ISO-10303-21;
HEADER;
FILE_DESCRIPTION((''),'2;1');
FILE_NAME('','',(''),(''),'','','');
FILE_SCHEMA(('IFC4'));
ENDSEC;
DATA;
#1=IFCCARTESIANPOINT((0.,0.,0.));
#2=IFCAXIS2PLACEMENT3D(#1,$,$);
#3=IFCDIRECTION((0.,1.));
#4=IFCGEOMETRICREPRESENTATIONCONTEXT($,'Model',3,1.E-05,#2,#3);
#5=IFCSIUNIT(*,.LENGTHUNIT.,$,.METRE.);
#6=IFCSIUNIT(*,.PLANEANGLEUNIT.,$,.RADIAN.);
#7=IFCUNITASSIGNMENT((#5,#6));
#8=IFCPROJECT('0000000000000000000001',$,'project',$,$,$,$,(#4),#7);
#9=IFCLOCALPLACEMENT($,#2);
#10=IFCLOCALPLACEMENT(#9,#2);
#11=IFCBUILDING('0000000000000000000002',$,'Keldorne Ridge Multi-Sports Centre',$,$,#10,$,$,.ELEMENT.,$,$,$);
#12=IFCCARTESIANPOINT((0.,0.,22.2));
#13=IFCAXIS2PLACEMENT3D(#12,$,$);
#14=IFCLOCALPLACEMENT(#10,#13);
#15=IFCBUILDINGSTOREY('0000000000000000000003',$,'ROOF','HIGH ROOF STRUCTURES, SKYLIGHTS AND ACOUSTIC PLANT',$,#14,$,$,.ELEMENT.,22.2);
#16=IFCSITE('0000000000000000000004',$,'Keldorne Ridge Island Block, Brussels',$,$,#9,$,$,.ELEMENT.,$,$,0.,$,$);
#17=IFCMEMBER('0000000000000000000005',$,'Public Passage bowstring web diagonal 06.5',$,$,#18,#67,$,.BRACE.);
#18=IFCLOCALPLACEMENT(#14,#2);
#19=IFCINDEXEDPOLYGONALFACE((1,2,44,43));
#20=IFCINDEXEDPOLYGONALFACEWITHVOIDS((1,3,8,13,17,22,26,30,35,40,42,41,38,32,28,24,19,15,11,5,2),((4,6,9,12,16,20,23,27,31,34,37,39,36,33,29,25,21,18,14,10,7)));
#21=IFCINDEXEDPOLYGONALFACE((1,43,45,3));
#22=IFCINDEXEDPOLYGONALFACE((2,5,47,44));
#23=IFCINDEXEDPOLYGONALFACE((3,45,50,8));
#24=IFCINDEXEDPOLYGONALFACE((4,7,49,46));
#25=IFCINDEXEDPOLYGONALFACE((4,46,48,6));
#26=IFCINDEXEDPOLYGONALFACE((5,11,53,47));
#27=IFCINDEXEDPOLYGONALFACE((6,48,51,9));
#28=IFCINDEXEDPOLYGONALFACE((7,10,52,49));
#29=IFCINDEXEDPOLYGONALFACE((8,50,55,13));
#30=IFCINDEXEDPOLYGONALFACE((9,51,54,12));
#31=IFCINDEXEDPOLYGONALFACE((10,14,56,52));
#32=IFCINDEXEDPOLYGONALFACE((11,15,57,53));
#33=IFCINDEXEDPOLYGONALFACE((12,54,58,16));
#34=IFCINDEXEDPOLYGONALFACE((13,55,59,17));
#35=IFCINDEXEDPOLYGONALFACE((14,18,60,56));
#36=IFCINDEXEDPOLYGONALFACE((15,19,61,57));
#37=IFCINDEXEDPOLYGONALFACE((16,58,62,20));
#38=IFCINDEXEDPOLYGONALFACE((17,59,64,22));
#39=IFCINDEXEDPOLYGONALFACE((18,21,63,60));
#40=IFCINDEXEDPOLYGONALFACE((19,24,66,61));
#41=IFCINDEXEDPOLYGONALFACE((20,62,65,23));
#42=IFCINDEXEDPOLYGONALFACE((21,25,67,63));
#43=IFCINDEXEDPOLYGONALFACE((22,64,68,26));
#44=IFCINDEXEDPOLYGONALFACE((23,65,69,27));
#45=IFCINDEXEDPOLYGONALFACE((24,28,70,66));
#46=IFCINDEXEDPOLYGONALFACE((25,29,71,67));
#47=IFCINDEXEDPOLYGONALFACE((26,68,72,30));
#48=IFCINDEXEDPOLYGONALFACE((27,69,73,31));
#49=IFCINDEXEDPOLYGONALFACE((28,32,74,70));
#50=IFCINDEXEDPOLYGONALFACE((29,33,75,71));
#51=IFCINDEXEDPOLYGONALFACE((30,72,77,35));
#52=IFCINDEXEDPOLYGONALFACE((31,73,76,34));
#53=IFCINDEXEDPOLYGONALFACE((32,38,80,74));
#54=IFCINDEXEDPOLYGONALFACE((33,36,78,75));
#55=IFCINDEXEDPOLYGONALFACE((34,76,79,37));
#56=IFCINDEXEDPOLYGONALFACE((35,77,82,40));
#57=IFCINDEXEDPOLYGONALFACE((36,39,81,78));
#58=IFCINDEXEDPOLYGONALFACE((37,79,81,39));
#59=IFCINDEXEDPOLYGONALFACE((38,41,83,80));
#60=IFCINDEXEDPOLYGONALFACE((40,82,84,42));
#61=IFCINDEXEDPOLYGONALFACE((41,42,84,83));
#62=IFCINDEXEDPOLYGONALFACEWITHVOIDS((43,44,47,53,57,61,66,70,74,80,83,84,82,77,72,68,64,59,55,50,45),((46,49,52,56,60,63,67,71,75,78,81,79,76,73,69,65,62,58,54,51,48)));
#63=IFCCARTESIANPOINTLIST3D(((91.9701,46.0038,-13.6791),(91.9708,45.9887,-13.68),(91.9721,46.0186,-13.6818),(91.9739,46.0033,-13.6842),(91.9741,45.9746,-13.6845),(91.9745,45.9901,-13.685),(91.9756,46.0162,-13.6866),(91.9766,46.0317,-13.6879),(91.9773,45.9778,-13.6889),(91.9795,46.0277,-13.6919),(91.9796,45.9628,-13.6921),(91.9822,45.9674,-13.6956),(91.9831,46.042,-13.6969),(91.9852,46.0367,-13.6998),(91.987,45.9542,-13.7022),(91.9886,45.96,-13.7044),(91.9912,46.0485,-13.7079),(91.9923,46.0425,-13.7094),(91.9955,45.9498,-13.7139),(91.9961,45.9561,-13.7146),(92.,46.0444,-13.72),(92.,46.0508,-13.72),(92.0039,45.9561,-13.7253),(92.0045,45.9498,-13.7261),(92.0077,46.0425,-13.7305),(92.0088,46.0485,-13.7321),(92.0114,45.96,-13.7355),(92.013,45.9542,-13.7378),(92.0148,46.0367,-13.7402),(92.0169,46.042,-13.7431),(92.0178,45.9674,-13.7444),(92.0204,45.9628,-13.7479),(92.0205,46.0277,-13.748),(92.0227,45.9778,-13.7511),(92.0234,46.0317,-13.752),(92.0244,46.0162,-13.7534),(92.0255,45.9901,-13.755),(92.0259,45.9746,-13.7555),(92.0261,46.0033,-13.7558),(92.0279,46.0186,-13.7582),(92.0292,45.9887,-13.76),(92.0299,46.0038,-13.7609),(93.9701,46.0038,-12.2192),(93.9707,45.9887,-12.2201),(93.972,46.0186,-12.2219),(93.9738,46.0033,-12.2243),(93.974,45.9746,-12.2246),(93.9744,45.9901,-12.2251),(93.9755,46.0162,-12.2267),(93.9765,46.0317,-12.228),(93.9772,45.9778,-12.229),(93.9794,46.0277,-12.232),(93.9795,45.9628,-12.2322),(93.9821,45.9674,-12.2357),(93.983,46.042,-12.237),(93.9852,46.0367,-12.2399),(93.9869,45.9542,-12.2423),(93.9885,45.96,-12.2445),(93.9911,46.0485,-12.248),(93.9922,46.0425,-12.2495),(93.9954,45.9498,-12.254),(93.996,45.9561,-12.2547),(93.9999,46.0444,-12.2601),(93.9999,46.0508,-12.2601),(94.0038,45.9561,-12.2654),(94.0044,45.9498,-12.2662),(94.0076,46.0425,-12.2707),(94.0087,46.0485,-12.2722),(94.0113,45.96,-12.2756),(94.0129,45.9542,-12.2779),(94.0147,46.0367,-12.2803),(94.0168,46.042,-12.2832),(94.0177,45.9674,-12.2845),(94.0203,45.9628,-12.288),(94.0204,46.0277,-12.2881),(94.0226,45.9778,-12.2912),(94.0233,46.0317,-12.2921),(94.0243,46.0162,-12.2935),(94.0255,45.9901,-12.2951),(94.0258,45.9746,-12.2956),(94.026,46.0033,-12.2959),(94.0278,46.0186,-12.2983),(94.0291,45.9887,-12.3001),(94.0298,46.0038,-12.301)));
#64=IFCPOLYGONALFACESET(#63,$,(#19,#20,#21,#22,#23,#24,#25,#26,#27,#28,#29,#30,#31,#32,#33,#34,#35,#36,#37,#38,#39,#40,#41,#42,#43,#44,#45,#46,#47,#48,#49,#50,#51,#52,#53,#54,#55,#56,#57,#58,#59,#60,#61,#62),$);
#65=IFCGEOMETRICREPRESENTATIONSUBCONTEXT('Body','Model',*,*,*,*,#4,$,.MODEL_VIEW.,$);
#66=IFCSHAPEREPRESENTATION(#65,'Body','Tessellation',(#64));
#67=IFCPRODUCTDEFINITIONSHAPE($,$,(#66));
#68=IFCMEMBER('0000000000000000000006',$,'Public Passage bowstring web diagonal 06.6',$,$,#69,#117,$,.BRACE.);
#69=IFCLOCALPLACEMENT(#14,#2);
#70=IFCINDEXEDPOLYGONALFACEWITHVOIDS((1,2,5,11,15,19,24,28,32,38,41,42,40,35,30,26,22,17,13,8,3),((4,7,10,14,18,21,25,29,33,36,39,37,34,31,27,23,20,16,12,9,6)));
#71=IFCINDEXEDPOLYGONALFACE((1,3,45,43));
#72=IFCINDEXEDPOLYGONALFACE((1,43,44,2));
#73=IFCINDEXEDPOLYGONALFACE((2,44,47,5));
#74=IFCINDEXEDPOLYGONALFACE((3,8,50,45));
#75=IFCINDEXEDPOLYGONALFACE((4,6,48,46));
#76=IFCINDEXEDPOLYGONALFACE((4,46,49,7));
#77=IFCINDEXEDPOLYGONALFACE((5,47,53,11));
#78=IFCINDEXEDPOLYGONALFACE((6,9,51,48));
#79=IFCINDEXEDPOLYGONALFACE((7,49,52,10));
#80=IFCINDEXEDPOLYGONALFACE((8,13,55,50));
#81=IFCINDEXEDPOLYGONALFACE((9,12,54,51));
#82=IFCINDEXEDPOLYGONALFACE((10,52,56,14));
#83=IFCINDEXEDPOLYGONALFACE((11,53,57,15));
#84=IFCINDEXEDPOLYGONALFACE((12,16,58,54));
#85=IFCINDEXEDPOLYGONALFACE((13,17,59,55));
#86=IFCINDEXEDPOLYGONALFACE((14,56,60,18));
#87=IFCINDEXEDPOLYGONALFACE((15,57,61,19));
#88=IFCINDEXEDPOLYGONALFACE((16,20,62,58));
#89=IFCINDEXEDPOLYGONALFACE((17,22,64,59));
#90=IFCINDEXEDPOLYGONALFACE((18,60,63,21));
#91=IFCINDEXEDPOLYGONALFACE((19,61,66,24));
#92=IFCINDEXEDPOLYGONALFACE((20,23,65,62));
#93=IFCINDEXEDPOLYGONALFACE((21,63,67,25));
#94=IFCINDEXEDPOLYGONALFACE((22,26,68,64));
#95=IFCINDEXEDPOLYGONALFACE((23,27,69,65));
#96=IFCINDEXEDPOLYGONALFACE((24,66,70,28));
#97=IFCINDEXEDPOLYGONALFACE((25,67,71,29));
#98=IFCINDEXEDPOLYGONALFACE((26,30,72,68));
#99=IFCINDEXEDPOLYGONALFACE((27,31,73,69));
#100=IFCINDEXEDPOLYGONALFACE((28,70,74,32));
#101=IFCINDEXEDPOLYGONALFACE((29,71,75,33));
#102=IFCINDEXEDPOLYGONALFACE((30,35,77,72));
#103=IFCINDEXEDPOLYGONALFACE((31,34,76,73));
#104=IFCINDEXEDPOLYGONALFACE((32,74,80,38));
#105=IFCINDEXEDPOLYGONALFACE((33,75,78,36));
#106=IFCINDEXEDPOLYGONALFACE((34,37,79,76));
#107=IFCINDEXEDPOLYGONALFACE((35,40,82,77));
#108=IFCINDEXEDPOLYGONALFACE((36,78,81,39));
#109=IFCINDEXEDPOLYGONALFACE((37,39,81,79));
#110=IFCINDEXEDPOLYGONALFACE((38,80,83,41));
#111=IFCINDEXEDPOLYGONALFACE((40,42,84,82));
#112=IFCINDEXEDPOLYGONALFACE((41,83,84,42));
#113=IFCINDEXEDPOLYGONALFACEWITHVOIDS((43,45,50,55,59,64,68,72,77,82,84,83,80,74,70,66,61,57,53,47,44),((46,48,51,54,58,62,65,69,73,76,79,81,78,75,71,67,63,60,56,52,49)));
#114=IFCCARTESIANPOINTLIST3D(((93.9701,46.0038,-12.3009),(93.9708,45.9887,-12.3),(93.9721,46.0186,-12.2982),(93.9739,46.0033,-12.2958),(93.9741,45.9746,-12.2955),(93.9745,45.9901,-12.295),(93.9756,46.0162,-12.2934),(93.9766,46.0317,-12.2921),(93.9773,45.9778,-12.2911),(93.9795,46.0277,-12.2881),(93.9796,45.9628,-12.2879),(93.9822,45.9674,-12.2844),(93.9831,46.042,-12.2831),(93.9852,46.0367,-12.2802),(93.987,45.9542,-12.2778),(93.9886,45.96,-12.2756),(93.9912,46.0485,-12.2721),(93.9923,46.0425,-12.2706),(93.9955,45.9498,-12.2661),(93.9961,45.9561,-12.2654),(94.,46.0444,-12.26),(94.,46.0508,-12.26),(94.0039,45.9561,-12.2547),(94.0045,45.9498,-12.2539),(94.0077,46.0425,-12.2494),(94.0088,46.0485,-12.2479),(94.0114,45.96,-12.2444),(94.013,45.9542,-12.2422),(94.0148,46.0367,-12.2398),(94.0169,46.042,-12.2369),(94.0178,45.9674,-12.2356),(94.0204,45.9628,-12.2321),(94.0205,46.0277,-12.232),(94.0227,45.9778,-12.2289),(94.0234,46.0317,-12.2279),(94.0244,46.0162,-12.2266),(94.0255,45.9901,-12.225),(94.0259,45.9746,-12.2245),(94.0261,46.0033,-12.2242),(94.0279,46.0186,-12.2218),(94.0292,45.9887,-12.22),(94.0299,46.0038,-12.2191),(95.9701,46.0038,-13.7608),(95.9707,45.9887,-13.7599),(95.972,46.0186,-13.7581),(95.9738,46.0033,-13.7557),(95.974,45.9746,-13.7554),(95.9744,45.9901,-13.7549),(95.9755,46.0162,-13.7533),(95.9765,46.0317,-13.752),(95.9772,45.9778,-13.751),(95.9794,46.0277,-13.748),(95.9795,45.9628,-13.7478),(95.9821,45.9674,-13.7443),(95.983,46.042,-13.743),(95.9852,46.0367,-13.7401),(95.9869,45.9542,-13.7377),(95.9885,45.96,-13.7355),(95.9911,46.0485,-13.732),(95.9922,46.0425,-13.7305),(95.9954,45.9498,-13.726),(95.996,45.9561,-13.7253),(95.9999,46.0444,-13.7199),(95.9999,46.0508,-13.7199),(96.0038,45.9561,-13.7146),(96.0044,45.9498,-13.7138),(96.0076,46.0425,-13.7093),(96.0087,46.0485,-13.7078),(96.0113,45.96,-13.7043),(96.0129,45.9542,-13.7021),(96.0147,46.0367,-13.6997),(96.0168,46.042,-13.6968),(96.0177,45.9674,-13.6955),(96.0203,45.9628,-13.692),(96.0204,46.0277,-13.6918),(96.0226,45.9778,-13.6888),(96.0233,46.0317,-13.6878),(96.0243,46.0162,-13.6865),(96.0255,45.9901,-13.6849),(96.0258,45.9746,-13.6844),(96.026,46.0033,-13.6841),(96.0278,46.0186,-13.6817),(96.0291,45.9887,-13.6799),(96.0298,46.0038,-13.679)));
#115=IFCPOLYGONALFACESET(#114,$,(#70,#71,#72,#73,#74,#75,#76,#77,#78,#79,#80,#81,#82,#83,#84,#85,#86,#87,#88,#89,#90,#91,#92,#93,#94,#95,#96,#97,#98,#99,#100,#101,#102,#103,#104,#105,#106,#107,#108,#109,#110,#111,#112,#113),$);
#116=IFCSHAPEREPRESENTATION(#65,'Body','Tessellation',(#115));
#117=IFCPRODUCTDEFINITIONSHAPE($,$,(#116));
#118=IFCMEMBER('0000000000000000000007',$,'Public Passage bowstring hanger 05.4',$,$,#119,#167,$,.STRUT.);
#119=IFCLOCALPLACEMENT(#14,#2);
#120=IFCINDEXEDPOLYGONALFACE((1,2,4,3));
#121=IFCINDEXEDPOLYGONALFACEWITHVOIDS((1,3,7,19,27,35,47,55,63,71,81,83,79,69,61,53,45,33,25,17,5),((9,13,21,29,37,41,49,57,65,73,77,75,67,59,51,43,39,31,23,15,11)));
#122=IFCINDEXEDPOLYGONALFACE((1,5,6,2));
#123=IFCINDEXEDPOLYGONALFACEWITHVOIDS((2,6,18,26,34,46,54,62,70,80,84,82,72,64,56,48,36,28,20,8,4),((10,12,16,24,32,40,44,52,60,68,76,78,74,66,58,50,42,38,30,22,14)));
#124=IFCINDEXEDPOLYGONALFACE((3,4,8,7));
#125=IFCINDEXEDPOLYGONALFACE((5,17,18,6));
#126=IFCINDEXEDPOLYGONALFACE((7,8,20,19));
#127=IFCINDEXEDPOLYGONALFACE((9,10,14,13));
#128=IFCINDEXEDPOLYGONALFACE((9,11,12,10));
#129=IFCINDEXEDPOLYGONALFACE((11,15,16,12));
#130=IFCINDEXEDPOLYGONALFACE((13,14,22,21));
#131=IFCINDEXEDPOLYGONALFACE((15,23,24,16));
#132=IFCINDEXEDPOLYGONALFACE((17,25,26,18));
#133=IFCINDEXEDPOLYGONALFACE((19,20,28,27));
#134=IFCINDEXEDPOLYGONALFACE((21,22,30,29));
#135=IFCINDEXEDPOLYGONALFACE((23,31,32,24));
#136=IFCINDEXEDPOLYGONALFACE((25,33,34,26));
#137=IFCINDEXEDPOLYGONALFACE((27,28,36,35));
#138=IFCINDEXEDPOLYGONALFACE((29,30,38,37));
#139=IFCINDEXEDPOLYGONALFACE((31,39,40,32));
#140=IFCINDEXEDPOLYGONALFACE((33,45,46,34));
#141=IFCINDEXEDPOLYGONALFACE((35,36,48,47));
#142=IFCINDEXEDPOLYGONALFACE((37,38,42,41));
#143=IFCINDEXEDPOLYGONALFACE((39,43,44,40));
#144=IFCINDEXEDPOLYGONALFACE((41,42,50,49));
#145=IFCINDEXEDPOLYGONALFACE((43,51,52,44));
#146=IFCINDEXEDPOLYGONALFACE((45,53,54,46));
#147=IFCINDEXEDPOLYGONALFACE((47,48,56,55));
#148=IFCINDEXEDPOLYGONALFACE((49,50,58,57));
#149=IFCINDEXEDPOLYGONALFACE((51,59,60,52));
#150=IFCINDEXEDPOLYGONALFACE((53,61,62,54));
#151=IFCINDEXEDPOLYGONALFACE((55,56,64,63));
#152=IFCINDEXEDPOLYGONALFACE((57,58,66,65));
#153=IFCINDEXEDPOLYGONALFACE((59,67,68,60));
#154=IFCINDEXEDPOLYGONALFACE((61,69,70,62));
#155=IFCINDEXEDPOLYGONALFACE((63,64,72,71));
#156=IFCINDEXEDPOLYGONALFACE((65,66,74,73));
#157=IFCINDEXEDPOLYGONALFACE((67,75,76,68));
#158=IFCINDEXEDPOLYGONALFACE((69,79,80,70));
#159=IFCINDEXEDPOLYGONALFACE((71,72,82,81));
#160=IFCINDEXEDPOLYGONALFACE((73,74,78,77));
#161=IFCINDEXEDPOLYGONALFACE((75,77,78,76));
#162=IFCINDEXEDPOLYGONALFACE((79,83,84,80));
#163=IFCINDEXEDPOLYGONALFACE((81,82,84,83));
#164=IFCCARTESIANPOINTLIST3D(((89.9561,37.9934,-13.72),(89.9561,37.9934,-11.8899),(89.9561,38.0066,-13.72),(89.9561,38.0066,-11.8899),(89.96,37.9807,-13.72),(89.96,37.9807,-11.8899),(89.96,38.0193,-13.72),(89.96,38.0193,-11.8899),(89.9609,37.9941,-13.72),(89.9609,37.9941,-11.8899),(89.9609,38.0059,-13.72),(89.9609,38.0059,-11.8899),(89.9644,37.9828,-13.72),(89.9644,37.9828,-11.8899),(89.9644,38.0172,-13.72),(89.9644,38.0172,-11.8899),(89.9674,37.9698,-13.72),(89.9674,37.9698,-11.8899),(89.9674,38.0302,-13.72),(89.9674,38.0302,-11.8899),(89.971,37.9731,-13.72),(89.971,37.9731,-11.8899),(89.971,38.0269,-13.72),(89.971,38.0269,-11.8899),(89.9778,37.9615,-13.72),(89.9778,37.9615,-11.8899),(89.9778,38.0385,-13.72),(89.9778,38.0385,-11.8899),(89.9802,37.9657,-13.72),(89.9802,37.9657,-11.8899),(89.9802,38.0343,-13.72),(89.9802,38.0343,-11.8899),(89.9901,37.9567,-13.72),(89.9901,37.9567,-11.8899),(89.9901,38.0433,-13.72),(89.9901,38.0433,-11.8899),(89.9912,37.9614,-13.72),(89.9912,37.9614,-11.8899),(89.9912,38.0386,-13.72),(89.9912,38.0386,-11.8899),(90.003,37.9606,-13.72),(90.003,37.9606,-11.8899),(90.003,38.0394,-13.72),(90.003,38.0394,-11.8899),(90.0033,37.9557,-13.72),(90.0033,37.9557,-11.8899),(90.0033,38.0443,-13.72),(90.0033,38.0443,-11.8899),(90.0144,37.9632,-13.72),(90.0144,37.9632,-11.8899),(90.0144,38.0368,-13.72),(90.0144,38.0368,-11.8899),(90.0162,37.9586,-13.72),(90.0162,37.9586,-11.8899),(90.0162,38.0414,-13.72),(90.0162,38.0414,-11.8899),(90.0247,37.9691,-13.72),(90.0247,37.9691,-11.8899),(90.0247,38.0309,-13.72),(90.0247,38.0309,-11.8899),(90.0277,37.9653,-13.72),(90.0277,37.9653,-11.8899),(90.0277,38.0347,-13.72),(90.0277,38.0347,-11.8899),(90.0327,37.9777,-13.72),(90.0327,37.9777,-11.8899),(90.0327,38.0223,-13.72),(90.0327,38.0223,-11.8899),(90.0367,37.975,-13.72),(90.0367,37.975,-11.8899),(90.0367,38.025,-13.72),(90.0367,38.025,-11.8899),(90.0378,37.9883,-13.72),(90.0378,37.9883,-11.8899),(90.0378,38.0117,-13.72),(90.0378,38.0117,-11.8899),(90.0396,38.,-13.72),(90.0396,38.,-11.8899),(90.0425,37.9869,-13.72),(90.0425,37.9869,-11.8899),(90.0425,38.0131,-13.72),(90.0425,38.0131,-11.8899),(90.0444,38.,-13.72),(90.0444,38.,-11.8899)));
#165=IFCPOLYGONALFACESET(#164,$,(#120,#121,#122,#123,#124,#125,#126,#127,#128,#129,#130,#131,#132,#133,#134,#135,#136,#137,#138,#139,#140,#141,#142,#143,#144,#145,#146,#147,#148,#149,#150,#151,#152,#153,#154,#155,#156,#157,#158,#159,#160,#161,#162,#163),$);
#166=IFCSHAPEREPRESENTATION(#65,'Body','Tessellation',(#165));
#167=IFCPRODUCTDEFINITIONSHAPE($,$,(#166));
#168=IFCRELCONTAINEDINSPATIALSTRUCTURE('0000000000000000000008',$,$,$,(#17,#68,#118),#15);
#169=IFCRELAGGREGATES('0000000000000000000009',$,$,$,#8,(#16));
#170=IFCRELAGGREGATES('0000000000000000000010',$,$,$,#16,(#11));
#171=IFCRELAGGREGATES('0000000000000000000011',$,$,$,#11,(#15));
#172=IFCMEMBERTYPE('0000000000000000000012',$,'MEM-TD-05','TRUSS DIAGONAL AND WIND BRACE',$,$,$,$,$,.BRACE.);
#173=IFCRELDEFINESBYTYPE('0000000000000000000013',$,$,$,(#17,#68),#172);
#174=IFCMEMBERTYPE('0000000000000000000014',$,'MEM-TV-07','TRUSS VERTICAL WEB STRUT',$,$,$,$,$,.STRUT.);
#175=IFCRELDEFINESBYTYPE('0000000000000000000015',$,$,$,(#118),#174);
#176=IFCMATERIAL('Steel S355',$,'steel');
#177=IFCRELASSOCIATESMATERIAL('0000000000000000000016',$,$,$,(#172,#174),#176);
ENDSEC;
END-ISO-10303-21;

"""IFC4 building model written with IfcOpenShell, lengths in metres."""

from ifc_helpers import new_model, si_unit, direction, frame, origin, origin_2d, place, context, subcontext, project, spatial, hollow_circle, extrude, material, material_profile, profile_set, type_object, element, save


model = new_model("IFC4")

# Units and contexts
model_context = context("Model", 3, precision=1e-05, world=origin(), true_north=direction((0.0, 1.0)))
body_context = subcontext(model_context, "Body", "Model", "MODEL_VIEW")
ifc_project = project(units=[si_unit("LENGTHUNIT", "METRE"), si_unit("PLANEANGLEUNIT", "RADIAN")], contexts=[model_context])

# Site, building, storey
site_placement = place(None, origin())
site = spatial("IfcSite", under=ifc_project, at=site_placement, Name="Keldorne Ridge Island Block, Brussels", CompositionType="ELEMENT", RefElevation=0.0)
building_placement = place(site_placement, origin())
building = spatial("IfcBuilding", under=site, at=building_placement, Name="Keldorne Ridge Multi-Sports Centre", CompositionType="ELEMENT")
storey_placement = place(building_placement, frame((0.0, 0.0, 22.2)))
storey = spatial("IfcBuildingStorey", under=building, at=storey_placement, Name="ROOF", Description="HIGH ROOF STRUCTURES, SKYLIGHTS AND ACOUSTIC PLANT", CompositionType="ELEMENT", Elevation=22.2)

# Members
ifc_material = material(Name="Steel S355", Category="steel")
ifc_material_profile_1 = material_profile(ifc_material, hollow_circle(Radius=0.0508, WallThickness=0.0063, at=origin_2d()), Name="CHS 101.6x6.3")
ifc_profile_set_1 = profile_set([ifc_material_profile_1], Name="Steel S355")
member_type_1 = type_object("IfcMemberType", Name="MEM-TD-05", Description="TRUSS DIAGONAL AND WIND BRACE", PredefinedType="BRACE", material=ifc_profile_set_1)
for number, where, z_axis, x_axis, name in (
    (1, (92.0, 46.0, -13.72), (0.807695, 0.0, 0.589601), (0.0, 1.0, 0.0), "Public Passage bowstring web diagonal 06.5"),
    (2, (94.0, 46.0, -12.26), (0.807695, 0.0, -0.589601), (0.0, 1.0, 0.0), "Public Passage bowstring web diagonal 06.6"),
):
    element("IfcMember", number, at=place(storey_placement, frame(where, z_axis=z_axis, x_axis=x_axis)), inside=storey, type_object=member_type_1, Name=name, PredefinedType="BRACE", context=body_context, shape_type="SweptSolid", body=[
        extrude(hollow_circle(Radius=0.0508, WallThickness=0.0063, at=origin_2d()), origin(), (0.0, 0.0, 1.0), 2.4761),
    ])
ifc_material_profile_2 = material_profile(ifc_material, hollow_circle(Radius=0.0444, WallThickness=0.0049, at=origin_2d()), Name="CHS 88.9x5")
ifc_profile_set_2 = profile_set([ifc_material_profile_2], Name="Steel S355")
member_type_2 = type_object("IfcMemberType", Name="MEM-TV-07", Description="TRUSS VERTICAL WEB STRUT", PredefinedType="STRUT", material=ifc_profile_set_2)
member_1_placement = place(storey_placement, frame((90.0, 38.0, -13.72), z_axis=(0.0, 0.0, 1.0), x_axis=(1.0, 0.0, 0.0)))
element("IfcMember", 3, at=member_1_placement, inside=storey, type_object=member_type_2, Name="Public Passage bowstring hanger 05.4", PredefinedType="STRUT", context=body_context, shape_type="SweptSolid", body=[
    extrude(hollow_circle(Radius=0.0444, WallThickness=0.0049, at=origin_2d()), origin(), (0.0, 0.0, 1.0), 1.8301),
])

save(model, "model.ifc")
